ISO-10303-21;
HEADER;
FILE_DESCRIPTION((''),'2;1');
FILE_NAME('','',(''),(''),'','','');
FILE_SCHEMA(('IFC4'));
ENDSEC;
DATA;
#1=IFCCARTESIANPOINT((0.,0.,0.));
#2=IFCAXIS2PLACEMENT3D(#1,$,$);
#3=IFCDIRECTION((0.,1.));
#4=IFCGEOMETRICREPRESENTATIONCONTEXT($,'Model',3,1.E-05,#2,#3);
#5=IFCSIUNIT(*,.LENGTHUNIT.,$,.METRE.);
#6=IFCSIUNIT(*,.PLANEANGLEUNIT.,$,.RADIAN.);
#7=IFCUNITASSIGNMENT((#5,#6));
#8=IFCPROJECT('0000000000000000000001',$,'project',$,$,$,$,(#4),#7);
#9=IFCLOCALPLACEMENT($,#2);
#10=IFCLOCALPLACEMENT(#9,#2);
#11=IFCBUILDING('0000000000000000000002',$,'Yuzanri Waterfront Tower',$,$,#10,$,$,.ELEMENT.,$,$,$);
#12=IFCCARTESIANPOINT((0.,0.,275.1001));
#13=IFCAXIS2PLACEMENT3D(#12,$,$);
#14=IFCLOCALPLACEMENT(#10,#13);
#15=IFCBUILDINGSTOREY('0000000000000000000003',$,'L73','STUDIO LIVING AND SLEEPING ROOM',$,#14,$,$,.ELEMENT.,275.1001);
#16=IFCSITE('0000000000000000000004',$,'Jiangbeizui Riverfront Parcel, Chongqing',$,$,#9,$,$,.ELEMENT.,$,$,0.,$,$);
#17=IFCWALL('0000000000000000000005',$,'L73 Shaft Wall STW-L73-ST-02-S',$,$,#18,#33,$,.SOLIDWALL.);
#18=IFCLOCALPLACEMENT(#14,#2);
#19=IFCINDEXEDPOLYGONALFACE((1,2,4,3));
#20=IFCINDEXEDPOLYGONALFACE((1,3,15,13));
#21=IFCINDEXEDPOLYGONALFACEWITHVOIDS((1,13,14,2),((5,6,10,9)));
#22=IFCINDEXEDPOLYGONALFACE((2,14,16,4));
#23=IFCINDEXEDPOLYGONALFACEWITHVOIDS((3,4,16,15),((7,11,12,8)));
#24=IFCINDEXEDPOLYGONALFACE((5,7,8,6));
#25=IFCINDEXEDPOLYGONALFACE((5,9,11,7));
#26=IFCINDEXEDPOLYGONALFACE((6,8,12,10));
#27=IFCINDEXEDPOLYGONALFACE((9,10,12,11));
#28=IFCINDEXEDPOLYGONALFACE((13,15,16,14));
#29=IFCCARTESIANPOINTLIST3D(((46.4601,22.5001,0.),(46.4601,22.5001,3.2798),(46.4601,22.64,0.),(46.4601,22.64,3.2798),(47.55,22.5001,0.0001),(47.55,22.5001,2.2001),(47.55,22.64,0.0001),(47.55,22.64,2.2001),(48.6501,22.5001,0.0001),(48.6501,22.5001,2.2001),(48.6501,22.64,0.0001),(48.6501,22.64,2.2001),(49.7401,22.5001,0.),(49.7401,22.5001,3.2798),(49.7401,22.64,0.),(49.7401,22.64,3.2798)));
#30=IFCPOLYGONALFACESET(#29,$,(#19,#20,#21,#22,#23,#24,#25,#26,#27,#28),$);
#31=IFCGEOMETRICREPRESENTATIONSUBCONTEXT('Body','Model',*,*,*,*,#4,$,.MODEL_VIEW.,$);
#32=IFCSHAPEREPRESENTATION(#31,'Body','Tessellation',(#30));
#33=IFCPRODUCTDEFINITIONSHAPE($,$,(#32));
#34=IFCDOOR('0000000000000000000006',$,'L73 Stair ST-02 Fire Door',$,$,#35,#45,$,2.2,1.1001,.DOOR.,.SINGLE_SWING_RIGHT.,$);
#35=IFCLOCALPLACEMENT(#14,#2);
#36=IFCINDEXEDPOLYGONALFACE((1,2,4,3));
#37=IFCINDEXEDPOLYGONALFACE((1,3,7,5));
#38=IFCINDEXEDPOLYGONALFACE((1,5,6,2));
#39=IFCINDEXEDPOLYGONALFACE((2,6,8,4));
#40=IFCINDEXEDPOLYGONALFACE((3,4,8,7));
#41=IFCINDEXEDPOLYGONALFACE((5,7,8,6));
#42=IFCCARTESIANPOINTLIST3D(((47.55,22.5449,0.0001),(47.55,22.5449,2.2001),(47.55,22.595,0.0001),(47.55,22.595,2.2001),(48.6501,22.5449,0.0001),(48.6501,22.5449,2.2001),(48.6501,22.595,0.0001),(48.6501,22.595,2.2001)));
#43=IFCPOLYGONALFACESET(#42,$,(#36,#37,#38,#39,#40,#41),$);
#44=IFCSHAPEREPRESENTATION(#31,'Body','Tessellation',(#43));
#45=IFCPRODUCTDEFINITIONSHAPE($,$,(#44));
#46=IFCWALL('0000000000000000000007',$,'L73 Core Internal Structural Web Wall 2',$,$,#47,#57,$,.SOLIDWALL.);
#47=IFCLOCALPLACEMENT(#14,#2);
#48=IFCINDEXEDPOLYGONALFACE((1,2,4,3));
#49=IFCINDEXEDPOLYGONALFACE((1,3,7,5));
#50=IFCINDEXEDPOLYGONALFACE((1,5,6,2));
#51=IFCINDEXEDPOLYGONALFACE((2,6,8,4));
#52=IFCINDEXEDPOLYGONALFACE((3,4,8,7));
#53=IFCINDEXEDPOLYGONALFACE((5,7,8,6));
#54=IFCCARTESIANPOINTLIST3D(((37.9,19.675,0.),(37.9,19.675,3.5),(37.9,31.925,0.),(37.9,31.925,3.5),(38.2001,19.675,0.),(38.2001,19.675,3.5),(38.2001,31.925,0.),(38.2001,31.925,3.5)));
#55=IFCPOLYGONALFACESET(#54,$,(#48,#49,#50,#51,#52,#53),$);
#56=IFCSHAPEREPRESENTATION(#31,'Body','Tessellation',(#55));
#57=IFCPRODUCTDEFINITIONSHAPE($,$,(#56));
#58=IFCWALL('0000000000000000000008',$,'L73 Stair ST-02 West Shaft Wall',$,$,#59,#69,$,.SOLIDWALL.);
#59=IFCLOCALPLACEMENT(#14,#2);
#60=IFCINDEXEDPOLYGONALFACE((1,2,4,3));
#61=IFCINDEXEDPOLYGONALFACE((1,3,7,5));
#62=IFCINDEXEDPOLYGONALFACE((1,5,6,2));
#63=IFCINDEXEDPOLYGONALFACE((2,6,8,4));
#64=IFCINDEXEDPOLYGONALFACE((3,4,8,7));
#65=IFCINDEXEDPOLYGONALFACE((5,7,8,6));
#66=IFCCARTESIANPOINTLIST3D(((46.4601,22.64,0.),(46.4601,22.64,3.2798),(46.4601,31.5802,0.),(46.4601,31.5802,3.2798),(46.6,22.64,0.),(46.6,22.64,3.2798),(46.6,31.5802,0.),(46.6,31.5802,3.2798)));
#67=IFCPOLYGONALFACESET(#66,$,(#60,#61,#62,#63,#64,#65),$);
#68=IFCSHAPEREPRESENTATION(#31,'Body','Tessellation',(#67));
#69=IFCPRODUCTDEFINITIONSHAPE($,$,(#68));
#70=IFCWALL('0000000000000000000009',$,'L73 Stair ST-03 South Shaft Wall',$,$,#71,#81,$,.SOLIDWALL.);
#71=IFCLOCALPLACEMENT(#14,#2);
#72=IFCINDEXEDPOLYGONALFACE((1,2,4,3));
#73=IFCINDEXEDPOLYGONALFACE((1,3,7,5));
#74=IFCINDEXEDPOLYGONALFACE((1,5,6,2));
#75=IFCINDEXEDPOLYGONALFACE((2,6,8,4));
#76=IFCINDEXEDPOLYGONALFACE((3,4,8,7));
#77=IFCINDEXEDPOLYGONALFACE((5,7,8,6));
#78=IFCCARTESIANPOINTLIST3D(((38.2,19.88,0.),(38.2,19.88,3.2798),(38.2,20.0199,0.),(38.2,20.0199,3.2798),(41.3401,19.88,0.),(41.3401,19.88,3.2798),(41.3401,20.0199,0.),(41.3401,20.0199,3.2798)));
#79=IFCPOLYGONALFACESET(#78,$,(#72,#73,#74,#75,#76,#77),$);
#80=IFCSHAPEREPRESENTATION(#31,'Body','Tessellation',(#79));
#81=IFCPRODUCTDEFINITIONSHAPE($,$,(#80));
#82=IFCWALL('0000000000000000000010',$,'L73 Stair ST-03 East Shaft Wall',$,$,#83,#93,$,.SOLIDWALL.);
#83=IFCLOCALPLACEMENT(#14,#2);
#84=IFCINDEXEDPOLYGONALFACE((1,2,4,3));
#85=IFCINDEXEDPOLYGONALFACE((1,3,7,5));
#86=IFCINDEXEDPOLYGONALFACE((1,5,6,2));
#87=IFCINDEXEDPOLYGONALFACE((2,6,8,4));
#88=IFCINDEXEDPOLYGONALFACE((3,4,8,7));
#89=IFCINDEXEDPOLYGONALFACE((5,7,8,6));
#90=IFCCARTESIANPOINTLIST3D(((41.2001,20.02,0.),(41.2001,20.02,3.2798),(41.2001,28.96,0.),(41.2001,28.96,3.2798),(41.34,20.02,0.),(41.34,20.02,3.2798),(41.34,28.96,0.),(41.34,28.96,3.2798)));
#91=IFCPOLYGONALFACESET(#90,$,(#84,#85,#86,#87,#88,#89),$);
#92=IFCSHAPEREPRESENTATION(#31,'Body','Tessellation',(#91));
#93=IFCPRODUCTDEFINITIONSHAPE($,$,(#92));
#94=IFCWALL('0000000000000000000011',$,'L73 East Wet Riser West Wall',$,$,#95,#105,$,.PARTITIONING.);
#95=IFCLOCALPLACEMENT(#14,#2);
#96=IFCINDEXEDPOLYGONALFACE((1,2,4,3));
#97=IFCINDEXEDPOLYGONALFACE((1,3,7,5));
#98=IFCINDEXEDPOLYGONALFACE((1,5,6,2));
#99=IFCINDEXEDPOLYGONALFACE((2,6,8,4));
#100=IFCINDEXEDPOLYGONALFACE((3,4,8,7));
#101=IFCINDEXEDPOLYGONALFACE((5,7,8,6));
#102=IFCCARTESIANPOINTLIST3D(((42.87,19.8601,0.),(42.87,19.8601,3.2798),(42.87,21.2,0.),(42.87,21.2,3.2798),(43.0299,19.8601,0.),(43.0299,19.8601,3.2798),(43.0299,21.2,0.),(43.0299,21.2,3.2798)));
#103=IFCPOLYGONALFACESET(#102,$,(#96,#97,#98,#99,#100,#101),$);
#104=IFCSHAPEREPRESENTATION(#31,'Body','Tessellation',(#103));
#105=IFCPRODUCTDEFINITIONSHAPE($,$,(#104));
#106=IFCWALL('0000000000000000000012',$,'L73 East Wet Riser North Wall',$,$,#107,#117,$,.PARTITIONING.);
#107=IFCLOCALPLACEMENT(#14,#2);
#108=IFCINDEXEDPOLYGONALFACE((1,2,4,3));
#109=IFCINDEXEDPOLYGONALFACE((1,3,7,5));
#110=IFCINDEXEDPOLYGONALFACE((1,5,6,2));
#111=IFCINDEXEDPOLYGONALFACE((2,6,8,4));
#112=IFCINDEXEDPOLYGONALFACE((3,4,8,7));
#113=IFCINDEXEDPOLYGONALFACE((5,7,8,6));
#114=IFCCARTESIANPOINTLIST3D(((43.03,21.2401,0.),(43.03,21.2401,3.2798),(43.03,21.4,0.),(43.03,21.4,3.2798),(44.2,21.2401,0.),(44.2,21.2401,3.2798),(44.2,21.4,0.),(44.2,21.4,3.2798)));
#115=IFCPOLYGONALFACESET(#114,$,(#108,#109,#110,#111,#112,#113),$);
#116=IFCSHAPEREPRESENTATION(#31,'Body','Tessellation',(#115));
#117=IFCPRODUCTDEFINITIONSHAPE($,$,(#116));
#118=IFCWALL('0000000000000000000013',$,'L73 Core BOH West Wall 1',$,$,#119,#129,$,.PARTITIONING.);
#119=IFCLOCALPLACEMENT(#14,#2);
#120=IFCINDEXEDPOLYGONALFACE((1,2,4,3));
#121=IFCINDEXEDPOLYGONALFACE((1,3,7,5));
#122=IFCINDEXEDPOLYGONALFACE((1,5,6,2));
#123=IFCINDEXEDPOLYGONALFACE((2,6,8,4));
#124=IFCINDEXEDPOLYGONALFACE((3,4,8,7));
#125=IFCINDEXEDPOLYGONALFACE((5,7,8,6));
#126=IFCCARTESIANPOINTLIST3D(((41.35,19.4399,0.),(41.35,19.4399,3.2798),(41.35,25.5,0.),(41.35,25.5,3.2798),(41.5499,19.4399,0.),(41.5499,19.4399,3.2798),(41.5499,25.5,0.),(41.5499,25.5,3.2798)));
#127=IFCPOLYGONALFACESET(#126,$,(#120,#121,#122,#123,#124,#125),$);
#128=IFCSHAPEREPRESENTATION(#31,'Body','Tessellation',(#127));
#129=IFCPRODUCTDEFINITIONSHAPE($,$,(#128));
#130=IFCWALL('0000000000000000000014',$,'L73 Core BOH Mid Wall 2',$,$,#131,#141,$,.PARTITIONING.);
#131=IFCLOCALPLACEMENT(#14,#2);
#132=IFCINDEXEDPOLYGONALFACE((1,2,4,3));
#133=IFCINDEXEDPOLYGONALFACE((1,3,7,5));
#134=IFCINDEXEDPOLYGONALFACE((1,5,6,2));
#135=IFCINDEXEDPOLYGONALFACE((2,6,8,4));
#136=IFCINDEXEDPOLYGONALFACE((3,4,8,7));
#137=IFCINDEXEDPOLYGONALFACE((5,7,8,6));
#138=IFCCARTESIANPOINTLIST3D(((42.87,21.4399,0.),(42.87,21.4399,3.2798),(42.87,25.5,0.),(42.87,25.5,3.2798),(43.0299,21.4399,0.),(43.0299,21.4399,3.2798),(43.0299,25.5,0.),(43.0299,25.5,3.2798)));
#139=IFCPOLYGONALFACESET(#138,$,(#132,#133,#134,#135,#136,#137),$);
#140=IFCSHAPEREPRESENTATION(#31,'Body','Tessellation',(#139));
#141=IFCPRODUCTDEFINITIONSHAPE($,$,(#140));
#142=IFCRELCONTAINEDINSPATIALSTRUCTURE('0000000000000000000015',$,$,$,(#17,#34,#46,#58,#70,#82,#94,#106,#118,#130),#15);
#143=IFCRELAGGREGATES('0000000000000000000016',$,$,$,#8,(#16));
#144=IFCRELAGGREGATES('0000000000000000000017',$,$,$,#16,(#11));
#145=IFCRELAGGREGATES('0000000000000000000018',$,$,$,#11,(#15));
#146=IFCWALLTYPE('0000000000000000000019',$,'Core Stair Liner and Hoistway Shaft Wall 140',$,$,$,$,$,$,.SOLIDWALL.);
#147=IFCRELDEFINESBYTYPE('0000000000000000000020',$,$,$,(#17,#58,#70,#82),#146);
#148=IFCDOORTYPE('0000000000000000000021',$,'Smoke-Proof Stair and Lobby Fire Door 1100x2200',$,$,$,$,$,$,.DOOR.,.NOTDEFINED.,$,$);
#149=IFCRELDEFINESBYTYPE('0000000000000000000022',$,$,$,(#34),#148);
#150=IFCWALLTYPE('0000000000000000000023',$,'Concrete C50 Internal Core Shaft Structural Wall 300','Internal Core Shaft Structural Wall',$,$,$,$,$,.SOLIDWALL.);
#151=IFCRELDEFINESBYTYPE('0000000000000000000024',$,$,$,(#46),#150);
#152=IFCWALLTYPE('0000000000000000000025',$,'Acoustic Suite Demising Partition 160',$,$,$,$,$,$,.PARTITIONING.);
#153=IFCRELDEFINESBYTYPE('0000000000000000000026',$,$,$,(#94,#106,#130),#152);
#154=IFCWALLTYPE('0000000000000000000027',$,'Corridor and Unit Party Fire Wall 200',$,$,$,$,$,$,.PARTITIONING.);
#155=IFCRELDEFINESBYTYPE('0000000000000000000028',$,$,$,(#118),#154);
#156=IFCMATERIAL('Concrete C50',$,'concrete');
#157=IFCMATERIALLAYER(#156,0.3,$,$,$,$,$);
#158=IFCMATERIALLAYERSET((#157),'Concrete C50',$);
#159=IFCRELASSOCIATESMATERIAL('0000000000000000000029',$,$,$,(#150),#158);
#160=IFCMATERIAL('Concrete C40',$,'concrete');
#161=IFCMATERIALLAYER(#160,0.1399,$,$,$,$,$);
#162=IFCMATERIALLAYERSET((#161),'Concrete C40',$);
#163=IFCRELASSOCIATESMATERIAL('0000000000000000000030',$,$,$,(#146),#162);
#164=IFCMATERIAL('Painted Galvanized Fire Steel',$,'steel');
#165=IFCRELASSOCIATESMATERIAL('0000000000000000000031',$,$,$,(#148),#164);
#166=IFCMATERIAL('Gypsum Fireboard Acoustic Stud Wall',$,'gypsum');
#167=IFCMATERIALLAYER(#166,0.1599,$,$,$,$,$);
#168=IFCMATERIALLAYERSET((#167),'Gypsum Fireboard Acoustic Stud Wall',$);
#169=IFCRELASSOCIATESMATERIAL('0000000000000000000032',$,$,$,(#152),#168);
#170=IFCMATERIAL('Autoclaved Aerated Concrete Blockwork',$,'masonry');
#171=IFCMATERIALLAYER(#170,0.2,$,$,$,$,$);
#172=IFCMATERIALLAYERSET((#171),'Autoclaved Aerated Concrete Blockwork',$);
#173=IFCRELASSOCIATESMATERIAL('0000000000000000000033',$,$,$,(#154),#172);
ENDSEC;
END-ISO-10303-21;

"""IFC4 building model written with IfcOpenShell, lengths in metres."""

from ifc_helpers import new_model, si_unit, direction, frame, frame_2d, origin, place, context, subcontext, project, spatial, rectangle, extrude, source, transform, mapped, material, layer, layer_set, type_object, element, fill, save


model = new_model("IFC4")

# Units and contexts
model_context = context("Model", 3, precision=1e-05, world=origin(), true_north=direction((0.0, 1.0)))
body_context = subcontext(model_context, "Body", "Model", "MODEL_VIEW")
ifc_project = project(units=[si_unit("LENGTHUNIT", "METRE"), si_unit("PLANEANGLEUNIT", "RADIAN")], contexts=[model_context])

# Site, building, storey
site_placement = place(None, origin())
site = spatial("IfcSite", under=ifc_project, at=site_placement, Name="Jiangbeizui Riverfront Parcel, Chongqing", CompositionType="ELEMENT", RefElevation=0.0)
building_placement = place(site_placement, origin())
building = spatial("IfcBuilding", under=site, at=building_placement, Name="Yuzanri Waterfront Tower", CompositionType="ELEMENT")
storey_placement = place(building_placement, frame((0.0, 0.0, 275.1001)))
storey = spatial("IfcBuildingStorey", under=building, at=storey_placement, Name="L73", Description="STUDIO LIVING AND SLEEPING ROOM", CompositionType="ELEMENT", Elevation=275.1001)

# Shared definitions
ifc_material_1 = material(Name="Concrete C50", Category="concrete")
ifc_layer_1 = layer(ifc_material_1, 0.3)
ifc_layer_set_1 = layer_set([ifc_layer_1], Name="Concrete C50")
wall_type_1 = type_object("IfcWallType", Name="Concrete C50 Internal Core Shaft Structural Wall 300", Description="Internal Core Shaft Structural Wall", PredefinedType="SOLIDWALL", material=ifc_layer_set_1)

# Wall, opening, door
ifc_material_2 = material(Name="Concrete C40", Category="concrete")
ifc_layer_2 = layer(ifc_material_2, 0.1399)
ifc_layer_set_2 = layer_set([ifc_layer_2], Name="Concrete C40")
wall_type_2 = type_object("IfcWallType", Name="Core Stair Liner and Hoistway Shaft Wall 140", PredefinedType="SOLIDWALL", material=ifc_layer_set_2)
wall_1_placement = place(storey_placement, frame((46.46, 22.5701, 0.0), z_axis=(0.0, 0.0, 1.0), x_axis=(1.0, 0.0, 0.0)))
wall_1 = element("IfcWall", 1, at=wall_1_placement, inside=storey, type_object=wall_type_2, Name="L73 Shaft Wall STW-L73-ST-02-S", PredefinedType="SOLIDWALL", context=body_context, shape_type="SweptSolid", body=[
    extrude(rectangle(XDim=3.28, YDim=0.1399, at=frame_2d((1.6401, 0.0))), origin(), (0.0, 0.0, 1.0), 3.2798),
])
opening_1_placement = place(wall_1_placement, frame((1.0901, 0.0, 0.0)))
opening_1 = element("IfcOpeningElement", 2, at=opening_1_placement, cuts=wall_1, PredefinedType="OPENING", context=body_context, shape_type="SweptSolid", body=[
    extrude(rectangle(XDim=1.1001, YDim=2.2, at=frame_2d((0.55, 1.1001))), frame((0.0, 0.085, 0.0), z_axis=(0.0, -1.0, 0.0), x_axis=(1.0, 0.0, 0.0)), (0.0, 0.0, 1.0), 0.1697),
])
ifc_material_3 = material(Name="Painted Galvanized Fire Steel", Category="steel")
door_type_1 = type_object("IfcDoorType", Name="Smoke-Proof Stair and Lobby Fire Door 1100x2200", OperationType="NOTDEFINED", PredefinedType="DOOR", material=ifc_material_3)
shared_shape_1 = source(origin(), body_context, "Body", "SweptSolid", [
    extrude(rectangle(XDim=1.1001, YDim=2.2, at=frame_2d((0.55, 1.1001))), frame((0.0, 0.0249, 0.0), z_axis=(0.0, -1.0, 0.0), x_axis=(1.0, 0.0, 0.0)), (0.0, 0.0, 1.0), 0.05),
])
door_1_placement = place(opening_1_placement, origin())
door_1 = element("IfcDoor", 3, at=door_1_placement, inside=storey, type_object=door_type_1, Name="L73 Stair ST-02 Fire Door", OperationType="SINGLE_SWING_RIGHT", OverallHeight=2.2, OverallWidth=1.1001, PredefinedType="DOOR", context=body_context, shape_type="MappedRepresentation", body=[
    mapped(shared_shape_1, transform((0.0, 0.0, 0.0), scale=1.0)),
])
fill(opening_1, door_1)

# Walls
shared_shape_2 = source(origin(), body_context, "Body", "SweptSolid", [
    extrude(rectangle(XDim=12.25, YDim=0.3, at=frame_2d((6.125, 0.0))), origin(), (0.0, 0.0, 1.0), 3.5),
])
wall_2_placement = place(storey_placement, frame((38.05, 19.675, 0.0), z_axis=(0.0, 0.0, 1.0), x_axis=(0.0, 1.0, 0.0)))
element("IfcWall", 4, at=wall_2_placement, inside=storey, type_object=wall_type_1, Name="L73 Core Internal Structural Web Wall 2", PredefinedType="SOLIDWALL", context=body_context, shape_type="MappedRepresentation", body=[
    mapped(shared_shape_2, transform((0.0, 0.0, 0.0), scale=1.0)),
])
shared_shape_3 = source(origin(), body_context, "Body", "SweptSolid", [
    extrude(rectangle(XDim=8.9402, YDim=0.1399, at=frame_2d((4.4702, 0.0))), origin(), (0.0, 0.0, 1.0), 3.2798),
])
wall_3_placement = place(storey_placement, frame((46.53, 22.6399, 0.0), z_axis=(0.0, 0.0, 1.0), x_axis=(0.0, 1.0, 0.0)))
element("IfcWall", 5, at=wall_3_placement, inside=storey, type_object=wall_type_2, Name="L73 Stair ST-02 West Shaft Wall", PredefinedType="SOLIDWALL", context=body_context, shape_type="MappedRepresentation", body=[
    mapped(shared_shape_3, transform((0.0, 0.0, 0.0), scale=1.0)),
])
shared_shape_4 = source(origin(), body_context, "Body", "SweptSolid", [
    extrude(rectangle(XDim=3.1401, YDim=0.1399, at=frame_2d((1.5701, 0.0))), origin(), (0.0, 0.0, 1.0), 3.2798),
])
wall_4_placement = place(storey_placement, frame((38.2, 19.95, 0.0), z_axis=(0.0, 0.0, 1.0), x_axis=(1.0, 0.0, 0.0)))
element("IfcWall", 6, at=wall_4_placement, inside=storey, type_object=wall_type_2, Name="L73 Stair ST-03 South Shaft Wall", PredefinedType="SOLIDWALL", context=body_context, shape_type="MappedRepresentation", body=[
    mapped(shared_shape_4, transform((0.0, 0.0, 0.0), scale=1.0)),
])
shared_shape_5 = source(origin(), body_context, "Body", "SweptSolid", [
    extrude(rectangle(XDim=8.9399, YDim=0.1399, at=frame_2d((4.47, 0.0))), origin(), (0.0, 0.0, 1.0), 3.2798),
])
wall_5_placement = place(storey_placement, frame((41.27, 20.02, 0.0), z_axis=(0.0, 0.0, 1.0), x_axis=(0.0, 1.0, 0.0)))
element("IfcWall", 7, at=wall_5_placement, inside=storey, type_object=wall_type_2, Name="L73 Stair ST-03 East Shaft Wall", PredefinedType="SOLIDWALL", context=body_context, shape_type="MappedRepresentation", body=[
    mapped(shared_shape_5, transform((0.0, 0.0, 0.0), scale=1.0)),
])
ifc_material_4 = material(Name="Gypsum Fireboard Acoustic Stud Wall", Category="gypsum")
ifc_layer_3 = layer(ifc_material_4, 0.1599)
ifc_layer_set_3 = layer_set([ifc_layer_3], Name="Gypsum Fireboard Acoustic Stud Wall")
wall_type_3 = type_object("IfcWallType", Name="Acoustic Suite Demising Partition 160", PredefinedType="PARTITIONING", material=ifc_layer_set_3)
shared_shape_6 = source(origin(), body_context, "Body", "SweptSolid", [
    extrude(rectangle(XDim=1.3398, YDim=0.1599, at=frame_2d((0.6699, 0.0))), origin(), (0.0, 0.0, 1.0), 3.2798),
])
wall_6_placement = place(storey_placement, frame((42.95, 19.8601, 0.0), z_axis=(0.0, 0.0, 1.0), x_axis=(0.0, 1.0, 0.0)))
element("IfcWall", 8, at=wall_6_placement, inside=storey, type_object=wall_type_3, Name="L73 East Wet Riser West Wall", PredefinedType="PARTITIONING", context=body_context, shape_type="MappedRepresentation", body=[
    mapped(shared_shape_6, transform((0.0, 0.0, 0.0), scale=1.0)),
])
shared_shape_7 = source(origin(), body_context, "Body", "SweptSolid", [
    extrude(rectangle(XDim=1.1699, YDim=0.1599, at=frame_2d((0.585, 0.0))), origin(), (0.0, 0.0, 1.0), 3.2798),
])
wall_7_placement = place(storey_placement, frame((43.03, 21.3201, 0.0), z_axis=(0.0, 0.0, 1.0), x_axis=(1.0, 0.0, 0.0)))
element("IfcWall", 9, at=wall_7_placement, inside=storey, type_object=wall_type_3, Name="L73 East Wet Riser North Wall", PredefinedType="PARTITIONING", context=body_context, shape_type="MappedRepresentation", body=[
    mapped(shared_shape_7, transform((0.0, 0.0, 0.0), scale=1.0)),
])
ifc_material_5 = material(Name="Autoclaved Aerated Concrete Blockwork", Category="masonry")
ifc_layer_4 = layer(ifc_material_5, 0.2)
ifc_layer_set_4 = layer_set([ifc_layer_4], Name="Autoclaved Aerated Concrete Blockwork")
wall_type_4 = type_object("IfcWallType", Name="Corridor and Unit Party Fire Wall 200", PredefinedType="PARTITIONING", material=ifc_layer_set_4)
shared_shape_8 = source(origin(), body_context, "Body", "SweptSolid", [
    extrude(rectangle(XDim=6.0601, YDim=0.2, at=frame_2d((3.03, 0.0))), origin(), (0.0, 0.0, 1.0), 3.2798),
])
wall_8_placement = place(storey_placement, frame((41.45, 19.4399, 0.0), z_axis=(0.0, 0.0, 1.0), x_axis=(0.0, 1.0, 0.0)))
element("IfcWall", 10, at=wall_8_placement, inside=storey, type_object=wall_type_4, Name="L73 Core BOH West Wall 1", PredefinedType="PARTITIONING", context=body_context, shape_type="MappedRepresentation", body=[
    mapped(shared_shape_8, transform((0.0, 0.0, 0.0), scale=1.0)),
])
shared_shape_9 = source(origin(), body_context, "Body", "SweptSolid", [
    extrude(rectangle(XDim=4.0601, YDim=0.1599, at=frame_2d((2.03, 0.0))), origin(), (0.0, 0.0, 1.0), 3.2798),
])
wall_9_placement = place(storey_placement, frame((42.95, 21.4399, 0.0), z_axis=(0.0, 0.0, 1.0), x_axis=(0.0, 1.0, 0.0)))
element("IfcWall", 11, at=wall_9_placement, inside=storey, type_object=wall_type_3, Name="L73 Core BOH Mid Wall 2", PredefinedType="PARTITIONING", context=body_context, shape_type="MappedRepresentation", body=[
    mapped(shared_shape_9, transform((0.0, 0.0, 0.0), scale=1.0)),
])

save(model, "model.ifc")
